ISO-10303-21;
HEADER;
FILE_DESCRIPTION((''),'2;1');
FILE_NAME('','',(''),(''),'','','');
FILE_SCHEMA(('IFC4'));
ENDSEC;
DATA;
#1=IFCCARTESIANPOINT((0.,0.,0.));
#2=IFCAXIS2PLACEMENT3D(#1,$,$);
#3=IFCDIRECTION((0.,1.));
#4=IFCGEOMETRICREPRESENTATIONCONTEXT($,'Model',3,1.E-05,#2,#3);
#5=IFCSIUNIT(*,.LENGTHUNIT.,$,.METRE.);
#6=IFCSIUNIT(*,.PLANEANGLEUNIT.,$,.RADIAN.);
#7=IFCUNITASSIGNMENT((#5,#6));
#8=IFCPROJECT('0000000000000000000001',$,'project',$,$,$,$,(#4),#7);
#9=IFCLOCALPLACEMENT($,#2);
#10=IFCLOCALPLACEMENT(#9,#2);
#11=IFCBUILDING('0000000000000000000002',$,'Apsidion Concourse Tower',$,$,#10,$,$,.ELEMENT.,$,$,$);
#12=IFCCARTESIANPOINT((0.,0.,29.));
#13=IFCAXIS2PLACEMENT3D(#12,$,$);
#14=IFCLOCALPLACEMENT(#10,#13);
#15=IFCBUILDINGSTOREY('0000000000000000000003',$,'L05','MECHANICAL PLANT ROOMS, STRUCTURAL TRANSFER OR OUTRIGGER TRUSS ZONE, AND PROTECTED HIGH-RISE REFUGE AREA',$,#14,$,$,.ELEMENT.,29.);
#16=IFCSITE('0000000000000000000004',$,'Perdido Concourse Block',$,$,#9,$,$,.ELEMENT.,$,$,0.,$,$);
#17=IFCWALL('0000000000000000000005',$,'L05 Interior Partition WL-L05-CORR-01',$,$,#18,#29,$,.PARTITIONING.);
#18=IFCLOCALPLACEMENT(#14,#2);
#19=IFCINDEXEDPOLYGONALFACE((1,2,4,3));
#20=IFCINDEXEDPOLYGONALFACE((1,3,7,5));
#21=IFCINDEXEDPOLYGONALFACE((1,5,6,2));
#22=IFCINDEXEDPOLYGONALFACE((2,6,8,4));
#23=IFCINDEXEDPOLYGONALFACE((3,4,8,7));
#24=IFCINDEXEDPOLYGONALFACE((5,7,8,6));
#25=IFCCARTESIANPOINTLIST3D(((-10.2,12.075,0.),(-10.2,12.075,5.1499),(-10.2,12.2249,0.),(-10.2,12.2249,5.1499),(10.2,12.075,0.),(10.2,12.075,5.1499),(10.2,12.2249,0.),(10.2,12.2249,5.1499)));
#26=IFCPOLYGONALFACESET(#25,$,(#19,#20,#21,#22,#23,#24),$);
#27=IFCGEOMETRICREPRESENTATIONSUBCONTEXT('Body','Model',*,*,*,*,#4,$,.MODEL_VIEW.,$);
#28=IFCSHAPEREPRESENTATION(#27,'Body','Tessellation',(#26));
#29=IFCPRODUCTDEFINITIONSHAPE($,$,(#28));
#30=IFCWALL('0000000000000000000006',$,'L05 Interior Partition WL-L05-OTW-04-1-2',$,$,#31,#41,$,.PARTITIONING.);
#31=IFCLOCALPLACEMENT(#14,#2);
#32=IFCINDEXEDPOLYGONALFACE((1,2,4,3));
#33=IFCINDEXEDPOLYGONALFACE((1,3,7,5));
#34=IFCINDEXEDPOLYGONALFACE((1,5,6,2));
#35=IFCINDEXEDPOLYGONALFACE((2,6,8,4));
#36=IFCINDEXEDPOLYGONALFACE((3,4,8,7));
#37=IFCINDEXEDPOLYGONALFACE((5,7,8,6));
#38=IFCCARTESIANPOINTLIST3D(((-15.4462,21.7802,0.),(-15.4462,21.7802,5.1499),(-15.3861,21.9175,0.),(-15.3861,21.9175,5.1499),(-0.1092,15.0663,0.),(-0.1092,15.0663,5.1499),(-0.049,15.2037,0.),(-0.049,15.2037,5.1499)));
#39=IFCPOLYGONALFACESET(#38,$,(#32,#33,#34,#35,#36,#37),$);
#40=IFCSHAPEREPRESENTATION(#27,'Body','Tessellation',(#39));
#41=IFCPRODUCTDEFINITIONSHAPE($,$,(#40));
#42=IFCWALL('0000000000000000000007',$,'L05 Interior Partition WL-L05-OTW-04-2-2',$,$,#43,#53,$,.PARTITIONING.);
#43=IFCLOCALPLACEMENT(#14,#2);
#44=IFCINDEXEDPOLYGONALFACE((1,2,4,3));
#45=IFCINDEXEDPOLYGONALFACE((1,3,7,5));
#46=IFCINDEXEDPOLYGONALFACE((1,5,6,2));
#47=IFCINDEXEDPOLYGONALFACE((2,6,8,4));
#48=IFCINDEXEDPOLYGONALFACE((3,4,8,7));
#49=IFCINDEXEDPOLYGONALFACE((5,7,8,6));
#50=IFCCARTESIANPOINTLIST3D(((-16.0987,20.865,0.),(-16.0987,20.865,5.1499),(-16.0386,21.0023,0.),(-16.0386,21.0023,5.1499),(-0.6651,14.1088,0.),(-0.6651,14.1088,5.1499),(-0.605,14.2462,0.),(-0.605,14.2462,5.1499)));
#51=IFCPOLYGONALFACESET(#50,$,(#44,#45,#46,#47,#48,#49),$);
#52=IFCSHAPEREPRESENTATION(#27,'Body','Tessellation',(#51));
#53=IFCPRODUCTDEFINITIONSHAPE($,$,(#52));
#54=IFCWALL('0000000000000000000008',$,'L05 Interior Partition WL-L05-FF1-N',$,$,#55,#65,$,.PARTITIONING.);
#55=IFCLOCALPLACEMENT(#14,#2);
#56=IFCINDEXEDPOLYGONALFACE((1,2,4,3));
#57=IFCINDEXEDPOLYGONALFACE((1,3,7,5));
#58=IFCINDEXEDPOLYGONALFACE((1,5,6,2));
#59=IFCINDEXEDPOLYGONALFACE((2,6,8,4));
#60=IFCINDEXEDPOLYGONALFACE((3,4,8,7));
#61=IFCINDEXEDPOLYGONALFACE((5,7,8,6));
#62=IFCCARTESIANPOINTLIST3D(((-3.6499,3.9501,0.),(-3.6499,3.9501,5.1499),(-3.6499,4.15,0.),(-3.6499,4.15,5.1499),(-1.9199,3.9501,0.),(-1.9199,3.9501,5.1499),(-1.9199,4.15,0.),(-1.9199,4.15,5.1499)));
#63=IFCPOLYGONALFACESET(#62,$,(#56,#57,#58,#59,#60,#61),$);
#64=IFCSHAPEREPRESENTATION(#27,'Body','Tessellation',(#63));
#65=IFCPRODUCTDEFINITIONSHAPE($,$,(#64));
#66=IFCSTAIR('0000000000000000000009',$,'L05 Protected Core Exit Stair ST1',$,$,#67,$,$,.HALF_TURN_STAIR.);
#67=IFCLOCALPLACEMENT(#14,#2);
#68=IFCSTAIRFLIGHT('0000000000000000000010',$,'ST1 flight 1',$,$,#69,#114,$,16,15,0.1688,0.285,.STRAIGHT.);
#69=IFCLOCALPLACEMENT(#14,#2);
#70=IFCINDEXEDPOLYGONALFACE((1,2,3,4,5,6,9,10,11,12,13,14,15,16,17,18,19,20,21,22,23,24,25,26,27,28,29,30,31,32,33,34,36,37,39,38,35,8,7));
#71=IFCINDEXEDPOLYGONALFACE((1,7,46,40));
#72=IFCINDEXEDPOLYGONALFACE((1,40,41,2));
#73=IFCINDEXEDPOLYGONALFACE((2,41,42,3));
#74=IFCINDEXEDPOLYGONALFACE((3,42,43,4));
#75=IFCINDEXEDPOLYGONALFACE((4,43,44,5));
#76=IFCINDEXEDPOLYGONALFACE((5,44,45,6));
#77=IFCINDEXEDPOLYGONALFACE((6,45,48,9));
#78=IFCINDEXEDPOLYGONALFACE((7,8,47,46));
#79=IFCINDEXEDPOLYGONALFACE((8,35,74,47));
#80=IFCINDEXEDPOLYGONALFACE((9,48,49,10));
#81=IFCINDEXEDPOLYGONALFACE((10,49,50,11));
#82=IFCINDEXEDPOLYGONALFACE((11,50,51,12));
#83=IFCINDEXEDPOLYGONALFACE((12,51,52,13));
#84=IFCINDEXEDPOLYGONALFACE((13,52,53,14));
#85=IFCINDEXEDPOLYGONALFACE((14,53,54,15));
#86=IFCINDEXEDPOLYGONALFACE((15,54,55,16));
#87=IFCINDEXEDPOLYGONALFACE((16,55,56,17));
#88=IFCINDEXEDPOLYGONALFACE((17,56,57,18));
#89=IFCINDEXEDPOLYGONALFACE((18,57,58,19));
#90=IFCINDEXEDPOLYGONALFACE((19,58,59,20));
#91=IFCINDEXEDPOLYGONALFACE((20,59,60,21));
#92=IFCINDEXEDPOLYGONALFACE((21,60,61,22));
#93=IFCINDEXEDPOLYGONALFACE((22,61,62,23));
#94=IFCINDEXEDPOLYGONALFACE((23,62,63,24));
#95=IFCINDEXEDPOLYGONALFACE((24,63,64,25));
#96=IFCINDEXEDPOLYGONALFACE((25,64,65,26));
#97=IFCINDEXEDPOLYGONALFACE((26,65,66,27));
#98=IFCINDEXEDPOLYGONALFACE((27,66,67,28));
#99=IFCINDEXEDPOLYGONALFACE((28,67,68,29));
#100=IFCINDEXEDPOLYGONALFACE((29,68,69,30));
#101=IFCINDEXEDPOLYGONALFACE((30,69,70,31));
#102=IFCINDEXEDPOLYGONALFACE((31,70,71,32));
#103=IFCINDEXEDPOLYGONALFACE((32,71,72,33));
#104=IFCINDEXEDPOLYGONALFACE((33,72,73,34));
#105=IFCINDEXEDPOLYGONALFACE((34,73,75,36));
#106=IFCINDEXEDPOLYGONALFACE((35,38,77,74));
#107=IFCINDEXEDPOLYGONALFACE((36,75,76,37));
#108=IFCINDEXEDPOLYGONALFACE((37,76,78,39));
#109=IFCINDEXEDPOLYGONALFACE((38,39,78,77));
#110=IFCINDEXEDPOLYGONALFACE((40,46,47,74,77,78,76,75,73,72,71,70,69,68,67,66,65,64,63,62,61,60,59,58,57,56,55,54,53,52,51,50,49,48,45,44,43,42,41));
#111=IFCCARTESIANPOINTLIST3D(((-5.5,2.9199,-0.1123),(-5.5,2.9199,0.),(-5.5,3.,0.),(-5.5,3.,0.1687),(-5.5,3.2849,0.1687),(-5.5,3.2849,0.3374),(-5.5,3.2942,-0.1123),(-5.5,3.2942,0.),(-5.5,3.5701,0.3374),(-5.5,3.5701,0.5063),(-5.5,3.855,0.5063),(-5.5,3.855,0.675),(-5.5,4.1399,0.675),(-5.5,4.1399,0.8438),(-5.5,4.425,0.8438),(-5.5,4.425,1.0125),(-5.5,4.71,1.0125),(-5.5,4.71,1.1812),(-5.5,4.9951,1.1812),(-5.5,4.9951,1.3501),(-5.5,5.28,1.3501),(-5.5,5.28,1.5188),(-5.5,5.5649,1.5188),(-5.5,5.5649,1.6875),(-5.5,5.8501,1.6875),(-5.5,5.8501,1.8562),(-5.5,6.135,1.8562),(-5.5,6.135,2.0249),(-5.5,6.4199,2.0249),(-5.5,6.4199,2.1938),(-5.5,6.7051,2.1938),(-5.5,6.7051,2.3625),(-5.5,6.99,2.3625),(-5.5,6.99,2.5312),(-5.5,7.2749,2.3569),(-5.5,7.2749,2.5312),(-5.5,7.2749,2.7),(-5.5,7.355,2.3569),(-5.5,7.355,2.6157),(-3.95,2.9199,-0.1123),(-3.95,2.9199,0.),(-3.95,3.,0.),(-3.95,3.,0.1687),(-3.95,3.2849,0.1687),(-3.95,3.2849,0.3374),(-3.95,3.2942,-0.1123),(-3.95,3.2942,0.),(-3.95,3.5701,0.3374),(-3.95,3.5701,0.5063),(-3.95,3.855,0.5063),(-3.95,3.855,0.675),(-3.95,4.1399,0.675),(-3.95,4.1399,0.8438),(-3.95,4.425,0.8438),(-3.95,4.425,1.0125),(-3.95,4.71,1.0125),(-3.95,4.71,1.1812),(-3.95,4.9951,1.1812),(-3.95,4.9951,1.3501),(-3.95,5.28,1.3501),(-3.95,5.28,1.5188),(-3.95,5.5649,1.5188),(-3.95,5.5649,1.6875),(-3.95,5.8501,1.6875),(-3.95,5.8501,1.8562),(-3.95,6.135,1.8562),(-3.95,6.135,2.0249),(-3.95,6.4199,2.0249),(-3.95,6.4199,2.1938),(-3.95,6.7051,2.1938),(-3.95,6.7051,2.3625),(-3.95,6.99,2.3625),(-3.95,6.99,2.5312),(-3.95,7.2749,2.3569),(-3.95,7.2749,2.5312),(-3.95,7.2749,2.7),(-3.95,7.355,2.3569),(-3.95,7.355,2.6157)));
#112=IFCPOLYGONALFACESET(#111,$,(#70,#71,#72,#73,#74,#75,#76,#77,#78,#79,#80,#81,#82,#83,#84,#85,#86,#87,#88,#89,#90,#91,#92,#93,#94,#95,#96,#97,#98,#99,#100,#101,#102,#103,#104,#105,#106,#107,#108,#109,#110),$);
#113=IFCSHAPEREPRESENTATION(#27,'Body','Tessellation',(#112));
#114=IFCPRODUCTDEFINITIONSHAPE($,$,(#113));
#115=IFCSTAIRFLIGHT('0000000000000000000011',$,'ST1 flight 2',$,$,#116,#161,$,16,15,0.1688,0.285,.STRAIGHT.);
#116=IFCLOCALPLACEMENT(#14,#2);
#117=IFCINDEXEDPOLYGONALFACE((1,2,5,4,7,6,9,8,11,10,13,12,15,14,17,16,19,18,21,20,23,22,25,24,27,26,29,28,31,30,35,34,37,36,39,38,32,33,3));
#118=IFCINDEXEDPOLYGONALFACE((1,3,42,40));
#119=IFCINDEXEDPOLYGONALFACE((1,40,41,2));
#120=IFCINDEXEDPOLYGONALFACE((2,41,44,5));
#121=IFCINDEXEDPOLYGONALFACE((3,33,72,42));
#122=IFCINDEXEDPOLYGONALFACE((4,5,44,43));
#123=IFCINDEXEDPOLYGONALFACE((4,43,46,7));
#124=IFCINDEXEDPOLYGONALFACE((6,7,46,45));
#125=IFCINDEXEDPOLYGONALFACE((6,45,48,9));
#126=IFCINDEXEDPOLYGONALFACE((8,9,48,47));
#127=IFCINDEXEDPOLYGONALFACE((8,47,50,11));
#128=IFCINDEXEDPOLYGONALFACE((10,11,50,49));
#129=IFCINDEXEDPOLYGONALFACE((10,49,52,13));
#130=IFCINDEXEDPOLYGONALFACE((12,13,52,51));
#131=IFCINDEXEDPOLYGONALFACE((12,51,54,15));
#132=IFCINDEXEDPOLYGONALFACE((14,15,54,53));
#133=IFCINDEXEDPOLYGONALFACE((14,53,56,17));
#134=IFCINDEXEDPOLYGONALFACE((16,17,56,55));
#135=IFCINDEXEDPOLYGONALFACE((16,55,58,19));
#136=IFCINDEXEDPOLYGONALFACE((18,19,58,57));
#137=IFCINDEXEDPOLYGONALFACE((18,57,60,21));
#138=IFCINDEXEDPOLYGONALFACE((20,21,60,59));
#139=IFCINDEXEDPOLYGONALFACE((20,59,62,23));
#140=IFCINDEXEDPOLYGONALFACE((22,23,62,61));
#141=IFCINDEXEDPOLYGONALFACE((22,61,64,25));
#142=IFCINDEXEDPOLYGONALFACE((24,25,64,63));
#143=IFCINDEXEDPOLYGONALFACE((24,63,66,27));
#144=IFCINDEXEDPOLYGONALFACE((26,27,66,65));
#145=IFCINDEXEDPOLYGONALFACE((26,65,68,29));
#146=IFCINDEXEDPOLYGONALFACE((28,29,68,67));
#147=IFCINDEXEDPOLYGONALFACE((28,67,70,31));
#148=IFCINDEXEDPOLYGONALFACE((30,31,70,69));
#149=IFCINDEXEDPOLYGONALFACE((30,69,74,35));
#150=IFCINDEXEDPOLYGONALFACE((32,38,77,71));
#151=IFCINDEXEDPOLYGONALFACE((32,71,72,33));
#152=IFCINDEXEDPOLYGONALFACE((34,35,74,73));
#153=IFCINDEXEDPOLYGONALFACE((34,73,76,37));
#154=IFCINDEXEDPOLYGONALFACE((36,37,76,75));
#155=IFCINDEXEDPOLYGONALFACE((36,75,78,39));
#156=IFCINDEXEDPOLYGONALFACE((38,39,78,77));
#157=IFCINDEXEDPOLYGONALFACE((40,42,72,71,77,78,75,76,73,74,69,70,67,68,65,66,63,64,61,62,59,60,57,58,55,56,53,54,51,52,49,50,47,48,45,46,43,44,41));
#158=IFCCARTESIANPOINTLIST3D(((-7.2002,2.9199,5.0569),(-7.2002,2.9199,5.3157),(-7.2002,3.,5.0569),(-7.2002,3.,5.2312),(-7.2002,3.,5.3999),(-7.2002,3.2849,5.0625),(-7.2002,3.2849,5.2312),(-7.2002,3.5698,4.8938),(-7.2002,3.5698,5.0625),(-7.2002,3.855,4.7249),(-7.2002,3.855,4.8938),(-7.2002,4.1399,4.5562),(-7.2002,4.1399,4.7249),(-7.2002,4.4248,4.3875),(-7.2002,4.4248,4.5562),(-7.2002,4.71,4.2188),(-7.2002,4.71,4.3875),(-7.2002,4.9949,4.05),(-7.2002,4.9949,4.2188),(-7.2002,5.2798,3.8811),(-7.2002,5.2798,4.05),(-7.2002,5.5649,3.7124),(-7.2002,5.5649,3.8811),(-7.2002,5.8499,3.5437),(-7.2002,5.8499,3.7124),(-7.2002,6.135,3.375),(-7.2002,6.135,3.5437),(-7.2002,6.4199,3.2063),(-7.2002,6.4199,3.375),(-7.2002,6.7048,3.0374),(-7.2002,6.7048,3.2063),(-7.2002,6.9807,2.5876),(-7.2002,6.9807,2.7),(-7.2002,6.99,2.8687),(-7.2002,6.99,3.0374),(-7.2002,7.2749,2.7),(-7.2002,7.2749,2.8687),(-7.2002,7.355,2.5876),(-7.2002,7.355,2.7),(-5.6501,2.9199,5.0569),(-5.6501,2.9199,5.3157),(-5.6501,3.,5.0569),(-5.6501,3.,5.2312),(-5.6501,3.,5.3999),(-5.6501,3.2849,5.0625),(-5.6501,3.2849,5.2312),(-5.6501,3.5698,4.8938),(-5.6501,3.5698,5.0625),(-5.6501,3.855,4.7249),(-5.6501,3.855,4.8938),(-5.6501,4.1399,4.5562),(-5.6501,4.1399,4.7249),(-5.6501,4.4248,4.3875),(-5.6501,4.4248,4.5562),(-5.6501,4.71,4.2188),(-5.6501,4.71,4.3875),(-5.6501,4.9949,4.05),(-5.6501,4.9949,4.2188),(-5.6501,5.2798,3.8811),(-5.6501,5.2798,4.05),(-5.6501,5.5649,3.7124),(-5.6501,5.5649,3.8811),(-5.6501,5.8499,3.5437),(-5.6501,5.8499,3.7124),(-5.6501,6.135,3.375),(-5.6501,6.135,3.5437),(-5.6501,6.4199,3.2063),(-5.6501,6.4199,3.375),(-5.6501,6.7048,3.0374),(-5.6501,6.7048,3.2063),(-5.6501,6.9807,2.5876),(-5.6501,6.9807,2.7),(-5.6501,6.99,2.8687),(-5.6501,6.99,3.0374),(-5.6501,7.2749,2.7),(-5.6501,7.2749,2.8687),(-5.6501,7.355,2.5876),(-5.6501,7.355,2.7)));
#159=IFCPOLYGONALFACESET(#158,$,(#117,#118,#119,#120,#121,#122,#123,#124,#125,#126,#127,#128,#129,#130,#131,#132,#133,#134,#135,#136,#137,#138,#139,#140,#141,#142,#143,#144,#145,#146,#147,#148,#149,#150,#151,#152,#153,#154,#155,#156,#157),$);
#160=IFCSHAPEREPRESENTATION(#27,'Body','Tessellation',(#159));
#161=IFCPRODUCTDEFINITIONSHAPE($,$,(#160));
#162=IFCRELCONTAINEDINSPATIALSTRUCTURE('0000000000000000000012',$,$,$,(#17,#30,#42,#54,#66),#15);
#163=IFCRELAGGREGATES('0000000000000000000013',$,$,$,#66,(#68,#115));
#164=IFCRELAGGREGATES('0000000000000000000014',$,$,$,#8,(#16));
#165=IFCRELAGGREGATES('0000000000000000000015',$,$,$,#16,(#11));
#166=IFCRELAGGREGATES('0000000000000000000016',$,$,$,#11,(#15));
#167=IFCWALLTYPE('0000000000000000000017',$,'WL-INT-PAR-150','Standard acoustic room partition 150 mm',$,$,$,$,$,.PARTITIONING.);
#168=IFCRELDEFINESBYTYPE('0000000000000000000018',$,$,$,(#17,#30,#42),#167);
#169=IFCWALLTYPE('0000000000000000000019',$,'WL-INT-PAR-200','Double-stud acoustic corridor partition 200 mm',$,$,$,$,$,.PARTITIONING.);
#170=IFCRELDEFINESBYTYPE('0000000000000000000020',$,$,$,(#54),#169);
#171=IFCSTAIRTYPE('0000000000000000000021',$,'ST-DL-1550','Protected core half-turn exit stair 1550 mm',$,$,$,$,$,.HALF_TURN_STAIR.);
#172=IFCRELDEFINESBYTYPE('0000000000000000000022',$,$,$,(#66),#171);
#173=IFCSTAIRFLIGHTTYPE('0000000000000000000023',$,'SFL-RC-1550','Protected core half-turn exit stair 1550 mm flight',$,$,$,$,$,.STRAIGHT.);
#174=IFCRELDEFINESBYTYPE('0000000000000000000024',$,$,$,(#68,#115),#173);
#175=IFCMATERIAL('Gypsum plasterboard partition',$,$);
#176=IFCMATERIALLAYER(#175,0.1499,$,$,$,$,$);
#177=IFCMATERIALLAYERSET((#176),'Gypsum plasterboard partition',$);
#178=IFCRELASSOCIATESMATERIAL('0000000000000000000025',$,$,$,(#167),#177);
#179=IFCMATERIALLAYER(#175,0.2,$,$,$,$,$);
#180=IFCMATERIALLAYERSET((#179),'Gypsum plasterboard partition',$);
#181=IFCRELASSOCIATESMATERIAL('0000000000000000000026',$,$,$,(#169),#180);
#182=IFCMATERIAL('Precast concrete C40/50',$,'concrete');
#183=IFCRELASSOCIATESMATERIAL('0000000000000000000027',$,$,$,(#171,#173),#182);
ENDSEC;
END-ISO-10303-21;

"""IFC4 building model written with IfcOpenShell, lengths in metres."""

from ifc_helpers import new_model, si_unit, direction, frame, frame_2d, origin, place, context, subcontext, project, spatial, polyline, rectangle, outline, extrude, material, layer, layer_set, type_object, element, aggregate, save


model = new_model("IFC4")

# Units and contexts
model_context = context("Model", 3, precision=1e-05, world=origin(), true_north=direction((0.0, 1.0)))
body_context = subcontext(model_context, "Body", "Model", "MODEL_VIEW")
ifc_project = project(units=[si_unit("LENGTHUNIT", "METRE"), si_unit("PLANEANGLEUNIT", "RADIAN")], contexts=[model_context])

# Site, building, storey
site_placement = place(None, origin())
site = spatial("IfcSite", under=ifc_project, at=site_placement, Name="Perdido Concourse Block", CompositionType="ELEMENT", RefElevation=0.0)
building_placement = place(site_placement, origin())
building = spatial("IfcBuilding", under=site, at=building_placement, Name="Apsidion Concourse Tower", CompositionType="ELEMENT")
storey_placement = place(building_placement, frame((0.0, 0.0, 29.0)))
storey = spatial("IfcBuildingStorey", under=building, at=storey_placement, Name="L05", Description="MECHANICAL PLANT ROOMS, STRUCTURAL TRANSFER OR OUTRIGGER TRUSS ZONE, AND PROTECTED HIGH-RISE REFUGE AREA", CompositionType="ELEMENT", Elevation=29.0)

# Walls
ifc_material_1 = material(Name="Precast concrete C40/50", Category="concrete")
ifc_material_2 = material(Name="Gypsum plasterboard partition")
ifc_layer_1 = layer(ifc_material_2, 0.1499)
ifc_layer_set_1 = layer_set([ifc_layer_1], Name="Gypsum plasterboard partition")
wall_type_1 = type_object("IfcWallType", Name="WL-INT-PAR-150", Description="Standard acoustic room partition 150 mm", PredefinedType="PARTITIONING", material=ifc_layer_set_1)
wall_1_placement = place(storey_placement, frame((-10.2, 12.1499, 0.0), z_axis=(0.0, 0.0, 1.0), x_axis=(1.0, 0.0, 0.0)))
element("IfcWall", 1, at=wall_1_placement, inside=storey, type_object=wall_type_1, Name="L05 Interior Partition WL-L05-CORR-01", PredefinedType="PARTITIONING", context=body_context, shape_type="SweptSolid", body=[
    extrude(rectangle(XDim=20.3999, YDim=0.1499, at=frame_2d((10.2, 0.0))), origin(), (0.0, 0.0, 1.0), 5.1499),
])
wall_2_placement = place(storey_placement, frame((-0.0791, 15.135, 0.0), z_axis=(0.0, 0.0, 1.0), x_axis=(-0.916073, 0.401012, 0.0)))
element("IfcWall", 2, at=wall_2_placement, inside=storey, type_object=wall_type_1, Name="L05 Interior Partition WL-L05-OTW-04-1-2", PredefinedType="PARTITIONING", context=body_context, shape_type="SweptSolid", body=[
    extrude(rectangle(XDim=16.7422, YDim=0.1499, at=frame_2d((8.3711, 0.0))), origin(), (0.0, 0.0, 1.0), 5.1499),
])
wall_3_placement = place(storey_placement, frame((-0.635, 14.1775, 0.0), z_axis=(0.0, 0.0, 1.0), x_axis=(-0.916072, 0.401013, 0.0)))
element("IfcWall", 3, at=wall_3_placement, inside=storey, type_object=wall_type_1, Name="L05 Interior Partition WL-L05-OTW-04-2-2", PredefinedType="PARTITIONING", context=body_context, shape_type="SweptSolid", body=[
    extrude(rectangle(XDim=16.8477, YDim=0.1499, at=frame_2d((8.4238, 0.0))), origin(), (0.0, 0.0, 1.0), 5.1499),
])
ifc_layer_2 = layer(ifc_material_2, 0.2)
ifc_layer_set_2 = layer_set([ifc_layer_2], Name="Gypsum plasterboard partition")
wall_type_2 = type_object("IfcWallType", Name="WL-INT-PAR-200", Description="Double-stud acoustic corridor partition 200 mm", PredefinedType="PARTITIONING", material=ifc_layer_set_2)
wall_4_placement = place(storey_placement, frame((-3.6499, 4.05, 0.0), z_axis=(0.0, 0.0, 1.0), x_axis=(1.0, 0.0, 0.0)))
element("IfcWall", 4, at=wall_4_placement, inside=storey, type_object=wall_type_2, Name="L05 Interior Partition WL-L05-FF1-N", PredefinedType="PARTITIONING", context=body_context, shape_type="SweptSolid", body=[
    extrude(rectangle(XDim=1.73, YDim=0.2, at=frame_2d((0.865, 0.0))), origin(), (0.0, 0.0, 1.0), 5.1499),
])

# Stair, stair flights
stair_type = type_object("IfcStairType", Name="ST-DL-1550", Description="Protected core half-turn exit stair 1550 mm", PredefinedType="HALF_TURN_STAIR", material=ifc_material_1)
stair_1_placement = place(storey_placement, origin())
stair_1 = element("IfcStair", 5, at=stair_1_placement, inside=storey, type_object=stair_type, Name="L05 Protected Core Exit Stair ST1", PredefinedType="HALF_TURN_STAIR")
stair_flight_type = type_object("IfcStairFlightType", Name="SFL-RC-1550", Description="Protected core half-turn exit stair 1550 mm flight", PredefinedType="STRAIGHT", material=ifc_material_1)
stair_flight_1_placement = place(storey_placement, frame((-4.7251, 3.0, 0.0), z_axis=(0.0, 0.0, 1.0), x_axis=(0.0, 1.0, 0.0)))
stair_flight_1 = element("IfcStairFlight", 6, at=stair_flight_1_placement, type_object=stair_flight_type, Name="ST1 flight 1", NumberOfRisers=16, NumberOfTreads=15, PredefinedType="STRAIGHT", RiserHeight=0.1688, TreadLength=0.285, context=body_context, shape_type="SweptSolid", body=[
    extrude(outline(polyline([(-0.0801, -0.1123), (-0.0801, 0.0), (0.0, 0.0), (0.0, 0.1687), (0.2849, 0.1687), (0.2849, 0.3374), (0.5701, 0.3374), (0.5701, 0.5063), (0.855, 0.5063), (0.855, 0.675), (1.1399, 0.675), (1.1399, 0.8438), (1.425, 0.8438), (1.425, 1.0125), (1.71, 1.0125), (1.71, 1.1812), (1.9951, 1.1812), (1.9951, 1.3501), (2.28, 1.3501), (2.28, 1.5188), (2.5649, 1.5188), (2.5649, 1.6875), (2.8501, 1.6875), (2.8501, 1.8562), (3.135, 1.8562), (3.135, 2.0249), (3.4199, 2.0249), (3.4199, 2.1938), (3.7051, 2.1938), (3.7051, 2.3625), (3.99, 2.3625), (3.99, 2.5312), (4.2749, 2.5312), (4.2749, 2.7), (4.355, 2.6157), (4.355, 2.3569), (4.2749, 2.3569), (0.2942, 0.0), (0.2942, -0.1123), (-0.0801, -0.1123)])), frame((0.0, 0.7749, 0.0), z_axis=(0.0, -1.0, 0.0), x_axis=(1.0, 0.0, 0.0)), (0.0, 0.0, 1.0), 1.55),
])
stair_flight_2_placement = place(storey_placement, frame((-6.425, 7.2749, 2.7), z_axis=(0.0, 0.0, 1.0), x_axis=(0.0, -1.0, 0.0)))
stair_flight_2 = element("IfcStairFlight", 7, at=stair_flight_2_placement, type_object=stair_flight_type, Name="ST1 flight 2", NumberOfRisers=16, NumberOfTreads=15, PredefinedType="STRAIGHT", RiserHeight=0.1688, TreadLength=0.285, context=body_context, shape_type="SweptSolid", body=[
    extrude(outline(polyline([(-0.0801, -0.1123), (-0.0801, 0.0), (0.0, 0.0), (0.0, 0.1687), (0.2849, 0.1687), (0.2849, 0.3374), (0.5701, 0.3374), (0.5701, 0.5063), (0.855, 0.5063), (0.855, 0.675), (1.1399, 0.675), (1.1399, 0.8438), (1.425, 0.8438), (1.425, 1.0125), (1.71, 1.0125), (1.71, 1.1812), (1.9951, 1.1812), (1.9951, 1.3501), (2.28, 1.3501), (2.28, 1.5188), (2.5649, 1.5188), (2.5649, 1.6875), (2.8501, 1.6875), (2.8501, 1.8562), (3.135, 1.8562), (3.135, 2.0249), (3.4199, 2.0249), (3.4199, 2.1938), (3.7051, 2.1938), (3.7051, 2.3625), (3.99, 2.3625), (3.99, 2.5312), (4.2749, 2.5312), (4.2749, 2.7), (4.355, 2.6157), (4.355, 2.3569), (4.2749, 2.3569), (0.2942, 0.0), (0.2942, -0.1123), (-0.0801, -0.1123)])), frame((0.0, 0.7749, 0.0), z_axis=(0.0, -1.0, 0.0), x_axis=(1.0, 0.0, 0.0)), (0.0, 0.0, 1.0), 1.55),
])
aggregate(stair_1, [stair_flight_1, stair_flight_2])

save(model, "model.ifc")
